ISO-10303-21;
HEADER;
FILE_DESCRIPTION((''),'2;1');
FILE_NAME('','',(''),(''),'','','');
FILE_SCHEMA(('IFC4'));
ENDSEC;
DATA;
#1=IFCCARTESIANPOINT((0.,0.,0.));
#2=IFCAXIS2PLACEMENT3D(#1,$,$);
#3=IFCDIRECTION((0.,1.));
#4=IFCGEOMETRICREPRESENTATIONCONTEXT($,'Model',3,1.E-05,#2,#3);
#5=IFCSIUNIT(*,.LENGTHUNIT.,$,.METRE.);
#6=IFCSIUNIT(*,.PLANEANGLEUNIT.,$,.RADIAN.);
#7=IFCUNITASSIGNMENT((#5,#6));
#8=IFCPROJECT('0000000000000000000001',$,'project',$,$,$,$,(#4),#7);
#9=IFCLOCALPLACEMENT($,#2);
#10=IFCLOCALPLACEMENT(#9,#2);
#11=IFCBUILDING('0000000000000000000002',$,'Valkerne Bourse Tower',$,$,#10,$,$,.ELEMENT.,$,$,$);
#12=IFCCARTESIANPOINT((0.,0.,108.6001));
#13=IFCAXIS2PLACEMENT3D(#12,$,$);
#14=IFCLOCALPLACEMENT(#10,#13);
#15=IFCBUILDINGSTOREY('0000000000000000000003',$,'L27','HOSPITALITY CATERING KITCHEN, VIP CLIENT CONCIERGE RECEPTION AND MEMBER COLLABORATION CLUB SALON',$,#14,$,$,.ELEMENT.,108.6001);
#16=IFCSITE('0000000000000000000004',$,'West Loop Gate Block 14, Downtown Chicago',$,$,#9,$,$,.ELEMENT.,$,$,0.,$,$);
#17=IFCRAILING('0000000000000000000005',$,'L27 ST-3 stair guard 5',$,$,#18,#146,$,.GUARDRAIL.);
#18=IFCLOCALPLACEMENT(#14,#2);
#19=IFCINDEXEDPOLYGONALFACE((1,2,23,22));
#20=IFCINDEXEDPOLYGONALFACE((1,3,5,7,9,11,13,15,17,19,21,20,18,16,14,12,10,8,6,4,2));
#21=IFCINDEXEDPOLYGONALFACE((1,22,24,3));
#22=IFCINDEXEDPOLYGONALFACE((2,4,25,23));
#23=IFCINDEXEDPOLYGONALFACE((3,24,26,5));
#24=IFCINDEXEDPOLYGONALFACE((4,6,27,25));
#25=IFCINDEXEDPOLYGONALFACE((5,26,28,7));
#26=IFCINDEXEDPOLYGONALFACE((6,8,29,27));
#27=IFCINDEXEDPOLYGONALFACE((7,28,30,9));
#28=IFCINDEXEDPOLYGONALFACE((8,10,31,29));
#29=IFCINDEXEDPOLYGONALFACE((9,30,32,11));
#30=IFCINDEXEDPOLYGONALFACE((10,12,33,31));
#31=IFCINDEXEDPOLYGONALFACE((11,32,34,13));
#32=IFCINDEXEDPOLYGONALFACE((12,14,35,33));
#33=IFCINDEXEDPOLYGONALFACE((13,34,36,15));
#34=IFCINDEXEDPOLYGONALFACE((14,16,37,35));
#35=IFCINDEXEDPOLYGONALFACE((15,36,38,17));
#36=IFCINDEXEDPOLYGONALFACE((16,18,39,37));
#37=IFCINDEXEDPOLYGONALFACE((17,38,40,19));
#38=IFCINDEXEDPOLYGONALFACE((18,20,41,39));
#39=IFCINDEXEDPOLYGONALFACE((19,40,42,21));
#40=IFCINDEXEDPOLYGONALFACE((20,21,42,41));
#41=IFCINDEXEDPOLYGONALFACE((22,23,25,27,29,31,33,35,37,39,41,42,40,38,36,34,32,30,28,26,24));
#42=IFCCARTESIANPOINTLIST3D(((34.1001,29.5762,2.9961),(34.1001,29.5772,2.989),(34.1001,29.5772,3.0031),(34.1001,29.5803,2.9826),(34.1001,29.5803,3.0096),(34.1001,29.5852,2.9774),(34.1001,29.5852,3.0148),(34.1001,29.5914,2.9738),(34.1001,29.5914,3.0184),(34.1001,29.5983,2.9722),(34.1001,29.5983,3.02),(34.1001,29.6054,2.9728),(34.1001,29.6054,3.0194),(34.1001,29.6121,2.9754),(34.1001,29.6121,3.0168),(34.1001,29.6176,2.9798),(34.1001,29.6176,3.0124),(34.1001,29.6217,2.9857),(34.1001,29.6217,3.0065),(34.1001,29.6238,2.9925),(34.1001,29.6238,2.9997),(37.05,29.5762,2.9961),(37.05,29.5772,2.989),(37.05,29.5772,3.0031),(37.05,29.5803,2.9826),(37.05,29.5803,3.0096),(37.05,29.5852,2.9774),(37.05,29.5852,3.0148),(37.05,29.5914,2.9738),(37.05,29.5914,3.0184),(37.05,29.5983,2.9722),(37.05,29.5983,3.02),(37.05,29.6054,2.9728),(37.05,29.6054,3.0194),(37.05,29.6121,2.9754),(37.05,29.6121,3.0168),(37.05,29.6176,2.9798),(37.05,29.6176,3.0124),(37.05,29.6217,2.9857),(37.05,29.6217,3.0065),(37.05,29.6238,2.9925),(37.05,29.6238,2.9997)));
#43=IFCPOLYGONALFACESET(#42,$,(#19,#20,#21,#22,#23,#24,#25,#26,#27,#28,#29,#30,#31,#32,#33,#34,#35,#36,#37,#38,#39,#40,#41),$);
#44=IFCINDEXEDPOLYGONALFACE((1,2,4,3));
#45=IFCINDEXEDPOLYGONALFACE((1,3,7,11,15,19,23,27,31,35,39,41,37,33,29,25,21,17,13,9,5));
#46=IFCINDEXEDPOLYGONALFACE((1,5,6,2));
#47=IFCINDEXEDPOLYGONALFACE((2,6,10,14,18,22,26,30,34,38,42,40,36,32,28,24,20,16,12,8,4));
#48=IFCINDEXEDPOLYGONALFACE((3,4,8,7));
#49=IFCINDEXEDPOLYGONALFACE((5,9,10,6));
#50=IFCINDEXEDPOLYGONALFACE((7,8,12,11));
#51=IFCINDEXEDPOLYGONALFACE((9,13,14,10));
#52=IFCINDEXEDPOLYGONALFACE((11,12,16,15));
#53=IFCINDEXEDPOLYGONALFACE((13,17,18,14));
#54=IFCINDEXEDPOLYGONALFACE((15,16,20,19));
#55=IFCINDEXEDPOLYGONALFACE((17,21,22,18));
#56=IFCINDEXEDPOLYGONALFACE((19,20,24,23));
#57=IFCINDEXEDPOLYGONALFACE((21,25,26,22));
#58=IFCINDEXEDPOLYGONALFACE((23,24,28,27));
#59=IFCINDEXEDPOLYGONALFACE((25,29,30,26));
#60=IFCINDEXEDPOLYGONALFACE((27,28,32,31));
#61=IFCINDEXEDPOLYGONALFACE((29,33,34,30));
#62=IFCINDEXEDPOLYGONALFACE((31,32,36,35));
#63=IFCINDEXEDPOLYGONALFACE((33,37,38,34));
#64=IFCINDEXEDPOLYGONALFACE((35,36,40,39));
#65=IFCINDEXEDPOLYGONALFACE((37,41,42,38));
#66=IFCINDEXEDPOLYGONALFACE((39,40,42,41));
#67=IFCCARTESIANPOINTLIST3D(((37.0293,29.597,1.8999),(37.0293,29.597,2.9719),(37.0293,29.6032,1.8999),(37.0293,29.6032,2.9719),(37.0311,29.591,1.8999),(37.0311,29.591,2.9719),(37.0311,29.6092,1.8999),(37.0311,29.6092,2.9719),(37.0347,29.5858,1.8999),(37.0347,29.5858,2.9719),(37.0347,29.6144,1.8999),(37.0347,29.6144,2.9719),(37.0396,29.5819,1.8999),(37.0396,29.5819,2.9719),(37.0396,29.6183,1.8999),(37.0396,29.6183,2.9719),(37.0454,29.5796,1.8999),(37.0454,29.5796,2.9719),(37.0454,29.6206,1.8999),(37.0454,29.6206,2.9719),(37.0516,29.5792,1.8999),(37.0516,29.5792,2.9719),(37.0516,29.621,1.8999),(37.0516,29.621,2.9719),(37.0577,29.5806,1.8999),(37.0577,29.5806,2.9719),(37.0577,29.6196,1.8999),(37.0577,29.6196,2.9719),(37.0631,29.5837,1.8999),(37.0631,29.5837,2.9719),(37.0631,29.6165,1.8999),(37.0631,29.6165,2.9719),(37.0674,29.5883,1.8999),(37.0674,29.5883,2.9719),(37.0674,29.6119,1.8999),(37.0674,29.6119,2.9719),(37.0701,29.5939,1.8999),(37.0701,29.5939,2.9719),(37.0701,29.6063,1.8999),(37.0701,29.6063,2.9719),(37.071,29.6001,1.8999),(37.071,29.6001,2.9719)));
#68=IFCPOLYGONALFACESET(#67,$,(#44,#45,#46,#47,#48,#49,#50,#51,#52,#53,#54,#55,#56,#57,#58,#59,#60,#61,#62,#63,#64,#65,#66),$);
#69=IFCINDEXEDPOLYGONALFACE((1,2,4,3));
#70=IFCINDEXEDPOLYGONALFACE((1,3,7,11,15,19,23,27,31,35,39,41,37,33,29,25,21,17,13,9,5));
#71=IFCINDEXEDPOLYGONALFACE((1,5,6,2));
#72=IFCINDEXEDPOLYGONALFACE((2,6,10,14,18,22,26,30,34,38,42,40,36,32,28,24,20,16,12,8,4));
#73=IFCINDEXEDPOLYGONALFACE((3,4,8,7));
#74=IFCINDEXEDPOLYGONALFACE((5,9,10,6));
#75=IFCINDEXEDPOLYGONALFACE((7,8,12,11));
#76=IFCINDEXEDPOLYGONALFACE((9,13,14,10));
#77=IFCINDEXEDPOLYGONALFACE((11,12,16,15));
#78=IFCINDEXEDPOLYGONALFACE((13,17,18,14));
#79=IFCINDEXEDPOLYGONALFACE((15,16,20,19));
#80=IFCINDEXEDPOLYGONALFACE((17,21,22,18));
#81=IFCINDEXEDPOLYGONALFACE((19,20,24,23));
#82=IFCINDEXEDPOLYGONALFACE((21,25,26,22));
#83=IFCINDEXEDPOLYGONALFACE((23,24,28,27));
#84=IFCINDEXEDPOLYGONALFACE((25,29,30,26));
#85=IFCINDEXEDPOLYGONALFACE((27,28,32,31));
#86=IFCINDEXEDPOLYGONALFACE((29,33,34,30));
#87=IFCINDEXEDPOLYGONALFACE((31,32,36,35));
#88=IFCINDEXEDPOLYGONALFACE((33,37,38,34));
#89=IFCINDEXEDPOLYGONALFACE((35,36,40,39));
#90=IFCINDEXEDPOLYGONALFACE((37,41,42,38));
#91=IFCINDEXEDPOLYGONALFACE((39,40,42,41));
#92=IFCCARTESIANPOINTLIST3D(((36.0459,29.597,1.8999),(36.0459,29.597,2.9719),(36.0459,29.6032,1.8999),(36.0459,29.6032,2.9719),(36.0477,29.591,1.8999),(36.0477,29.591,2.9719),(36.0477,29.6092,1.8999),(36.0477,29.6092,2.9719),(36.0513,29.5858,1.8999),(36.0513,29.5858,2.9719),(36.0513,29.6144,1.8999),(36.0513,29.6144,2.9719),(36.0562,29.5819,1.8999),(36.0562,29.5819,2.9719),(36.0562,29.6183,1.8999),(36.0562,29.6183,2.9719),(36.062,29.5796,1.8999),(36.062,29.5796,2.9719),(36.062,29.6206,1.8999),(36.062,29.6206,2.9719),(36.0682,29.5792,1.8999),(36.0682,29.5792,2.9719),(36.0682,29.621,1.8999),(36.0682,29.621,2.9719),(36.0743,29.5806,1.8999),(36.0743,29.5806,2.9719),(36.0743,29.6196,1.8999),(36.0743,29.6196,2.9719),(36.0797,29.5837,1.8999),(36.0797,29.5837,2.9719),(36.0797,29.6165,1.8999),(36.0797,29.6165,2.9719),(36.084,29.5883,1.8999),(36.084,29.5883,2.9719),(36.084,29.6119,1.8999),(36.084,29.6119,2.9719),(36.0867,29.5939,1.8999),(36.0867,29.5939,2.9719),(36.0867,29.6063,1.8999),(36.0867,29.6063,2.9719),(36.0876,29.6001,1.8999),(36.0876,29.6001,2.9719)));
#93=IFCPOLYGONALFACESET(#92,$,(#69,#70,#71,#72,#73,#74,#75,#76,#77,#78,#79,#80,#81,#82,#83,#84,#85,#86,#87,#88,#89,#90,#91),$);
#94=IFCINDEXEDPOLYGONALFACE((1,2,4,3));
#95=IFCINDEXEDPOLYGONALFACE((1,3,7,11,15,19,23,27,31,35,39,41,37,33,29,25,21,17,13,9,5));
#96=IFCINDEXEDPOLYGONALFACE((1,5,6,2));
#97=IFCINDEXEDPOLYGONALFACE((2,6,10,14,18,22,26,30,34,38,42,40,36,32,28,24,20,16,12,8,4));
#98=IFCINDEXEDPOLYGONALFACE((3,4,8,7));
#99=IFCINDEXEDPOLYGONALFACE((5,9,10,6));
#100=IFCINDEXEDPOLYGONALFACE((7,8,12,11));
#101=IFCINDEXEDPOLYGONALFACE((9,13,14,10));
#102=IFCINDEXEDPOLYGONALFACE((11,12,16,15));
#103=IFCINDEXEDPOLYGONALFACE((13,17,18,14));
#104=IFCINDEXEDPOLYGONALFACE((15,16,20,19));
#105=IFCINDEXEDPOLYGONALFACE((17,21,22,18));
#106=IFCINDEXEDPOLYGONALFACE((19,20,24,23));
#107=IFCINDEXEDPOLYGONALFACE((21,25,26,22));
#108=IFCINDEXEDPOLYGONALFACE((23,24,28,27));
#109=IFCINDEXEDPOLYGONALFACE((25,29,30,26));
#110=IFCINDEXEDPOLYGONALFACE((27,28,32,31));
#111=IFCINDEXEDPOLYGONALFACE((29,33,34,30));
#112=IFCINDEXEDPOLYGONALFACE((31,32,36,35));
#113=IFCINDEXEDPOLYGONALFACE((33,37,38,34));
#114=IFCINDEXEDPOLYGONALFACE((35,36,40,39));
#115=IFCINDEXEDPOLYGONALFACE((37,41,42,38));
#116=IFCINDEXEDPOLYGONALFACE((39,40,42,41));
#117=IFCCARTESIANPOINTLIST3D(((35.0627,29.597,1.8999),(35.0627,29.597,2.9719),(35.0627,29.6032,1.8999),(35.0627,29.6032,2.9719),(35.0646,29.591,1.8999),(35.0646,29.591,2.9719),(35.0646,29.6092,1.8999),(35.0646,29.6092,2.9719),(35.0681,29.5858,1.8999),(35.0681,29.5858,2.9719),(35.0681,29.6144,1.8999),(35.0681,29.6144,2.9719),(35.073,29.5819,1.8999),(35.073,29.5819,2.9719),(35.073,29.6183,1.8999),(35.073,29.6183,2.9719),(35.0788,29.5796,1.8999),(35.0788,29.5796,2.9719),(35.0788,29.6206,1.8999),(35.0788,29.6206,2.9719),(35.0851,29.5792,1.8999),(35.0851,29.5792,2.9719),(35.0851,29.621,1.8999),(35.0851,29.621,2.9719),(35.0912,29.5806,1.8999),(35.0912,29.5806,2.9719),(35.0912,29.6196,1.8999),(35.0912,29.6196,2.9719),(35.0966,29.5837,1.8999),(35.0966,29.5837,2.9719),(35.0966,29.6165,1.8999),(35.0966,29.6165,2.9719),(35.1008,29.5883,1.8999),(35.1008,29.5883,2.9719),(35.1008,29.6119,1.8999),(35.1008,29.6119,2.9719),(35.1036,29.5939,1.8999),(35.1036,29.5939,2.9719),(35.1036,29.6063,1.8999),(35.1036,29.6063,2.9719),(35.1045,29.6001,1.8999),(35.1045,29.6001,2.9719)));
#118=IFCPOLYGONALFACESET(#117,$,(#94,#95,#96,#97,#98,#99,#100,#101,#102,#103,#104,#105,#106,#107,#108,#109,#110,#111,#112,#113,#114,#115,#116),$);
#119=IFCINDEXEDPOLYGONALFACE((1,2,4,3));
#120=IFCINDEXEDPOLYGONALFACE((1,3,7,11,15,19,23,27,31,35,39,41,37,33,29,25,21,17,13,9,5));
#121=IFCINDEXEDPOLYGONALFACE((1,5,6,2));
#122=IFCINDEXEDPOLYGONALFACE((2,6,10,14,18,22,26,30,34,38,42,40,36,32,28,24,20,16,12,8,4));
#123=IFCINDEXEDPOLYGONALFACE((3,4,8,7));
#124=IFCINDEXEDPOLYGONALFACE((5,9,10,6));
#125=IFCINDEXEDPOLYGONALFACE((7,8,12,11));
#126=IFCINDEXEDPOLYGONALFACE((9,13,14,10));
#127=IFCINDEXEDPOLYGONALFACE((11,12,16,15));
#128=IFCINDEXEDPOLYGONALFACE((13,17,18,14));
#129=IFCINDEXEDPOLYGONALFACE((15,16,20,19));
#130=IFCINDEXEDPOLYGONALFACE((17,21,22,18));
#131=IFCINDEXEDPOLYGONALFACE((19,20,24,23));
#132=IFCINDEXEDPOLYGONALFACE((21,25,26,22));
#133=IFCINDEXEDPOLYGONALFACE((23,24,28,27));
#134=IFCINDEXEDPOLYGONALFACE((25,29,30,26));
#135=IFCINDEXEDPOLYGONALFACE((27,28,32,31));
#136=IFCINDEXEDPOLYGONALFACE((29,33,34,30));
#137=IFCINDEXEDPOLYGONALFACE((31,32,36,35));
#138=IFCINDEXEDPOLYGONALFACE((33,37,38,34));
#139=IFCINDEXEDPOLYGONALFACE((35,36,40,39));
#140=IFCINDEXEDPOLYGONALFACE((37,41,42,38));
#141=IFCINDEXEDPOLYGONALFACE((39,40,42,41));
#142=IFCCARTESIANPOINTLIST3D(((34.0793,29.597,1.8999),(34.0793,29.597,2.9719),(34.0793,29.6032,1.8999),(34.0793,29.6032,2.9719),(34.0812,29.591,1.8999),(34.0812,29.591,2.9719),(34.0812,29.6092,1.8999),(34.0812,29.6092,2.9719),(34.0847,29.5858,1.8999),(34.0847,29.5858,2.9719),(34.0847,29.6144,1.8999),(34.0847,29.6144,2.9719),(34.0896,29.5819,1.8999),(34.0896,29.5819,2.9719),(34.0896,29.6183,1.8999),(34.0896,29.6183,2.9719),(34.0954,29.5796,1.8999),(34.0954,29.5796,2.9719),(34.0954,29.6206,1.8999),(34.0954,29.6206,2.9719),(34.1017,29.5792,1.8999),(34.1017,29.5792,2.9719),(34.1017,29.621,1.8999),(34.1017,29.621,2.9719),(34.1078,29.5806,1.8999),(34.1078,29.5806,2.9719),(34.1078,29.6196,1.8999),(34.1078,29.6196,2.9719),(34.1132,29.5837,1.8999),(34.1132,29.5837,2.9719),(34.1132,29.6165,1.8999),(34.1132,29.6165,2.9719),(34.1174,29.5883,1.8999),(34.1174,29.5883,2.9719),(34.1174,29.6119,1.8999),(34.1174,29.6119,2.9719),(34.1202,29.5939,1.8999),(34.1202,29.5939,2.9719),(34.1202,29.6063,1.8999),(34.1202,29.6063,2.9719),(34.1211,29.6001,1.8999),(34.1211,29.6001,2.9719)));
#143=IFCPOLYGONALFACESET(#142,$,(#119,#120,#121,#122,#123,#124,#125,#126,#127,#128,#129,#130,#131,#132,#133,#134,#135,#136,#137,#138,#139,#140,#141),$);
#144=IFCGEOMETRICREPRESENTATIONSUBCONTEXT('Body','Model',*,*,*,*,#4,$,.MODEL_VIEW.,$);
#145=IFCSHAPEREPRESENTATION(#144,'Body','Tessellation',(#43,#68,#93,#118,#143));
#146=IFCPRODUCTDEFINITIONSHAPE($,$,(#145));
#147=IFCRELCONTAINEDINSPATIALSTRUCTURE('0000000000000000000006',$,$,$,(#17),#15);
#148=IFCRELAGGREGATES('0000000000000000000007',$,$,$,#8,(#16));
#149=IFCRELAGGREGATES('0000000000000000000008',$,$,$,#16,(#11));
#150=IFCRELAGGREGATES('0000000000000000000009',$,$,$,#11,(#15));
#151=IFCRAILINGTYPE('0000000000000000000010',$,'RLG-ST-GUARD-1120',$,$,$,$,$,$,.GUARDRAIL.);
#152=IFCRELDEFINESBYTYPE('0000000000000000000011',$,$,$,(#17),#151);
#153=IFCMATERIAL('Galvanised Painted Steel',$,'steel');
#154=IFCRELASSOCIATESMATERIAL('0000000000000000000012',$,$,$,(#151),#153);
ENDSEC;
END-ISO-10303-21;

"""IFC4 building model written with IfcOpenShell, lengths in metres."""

from ifc_helpers import new_model, si_unit, direction, frame, origin, origin_2d, place, context, subcontext, project, spatial, circle, extrude, material, type_object, element, save


model = new_model("IFC4")

# Units and contexts
model_context = context("Model", 3, precision=1e-05, world=origin(), true_north=direction((0.0, 1.0)))
body_context = subcontext(model_context, "Body", "Model", "MODEL_VIEW")
ifc_project = project(units=[si_unit("LENGTHUNIT", "METRE"), si_unit("PLANEANGLEUNIT", "RADIAN")], contexts=[model_context])

# Site, building, storey
site_placement = place(None, origin())
site = spatial("IfcSite", under=ifc_project, at=site_placement, Name="West Loop Gate Block 14, Downtown Chicago", CompositionType="ELEMENT", RefElevation=0.0)
building_placement = place(site_placement, origin())
building = spatial("IfcBuilding", under=site, at=building_placement, Name="Valkerne Bourse Tower", CompositionType="ELEMENT")
storey_placement = place(building_placement, frame((0.0, 0.0, 108.6001)))
storey = spatial("IfcBuildingStorey", under=building, at=storey_placement, Name="L27", Description="HOSPITALITY CATERING KITCHEN, VIP CLIENT CONCIERGE RECEPTION AND MEMBER COLLABORATION CLUB SALON", CompositionType="ELEMENT", Elevation=108.6001)

# Railing
ifc_material_1 = material(Name="Galvanised Painted Steel", Category="steel")
railing_type_1 = type_object("IfcRailingType", Name="RLG-ST-GUARD-1120", PredefinedType="GUARDRAIL", material=ifc_material_1)
railing_1_placement = place(storey_placement, frame((37.05, 29.6001, 1.8999)))
element("IfcRailing", 1, at=railing_1_placement, inside=storey, type_object=railing_type_1, Name="L27 ST-3 stair guard 5", PredefinedType="GUARDRAIL", context=body_context, shape_type="SweptSolid", body=[
    extrude(circle(Radius=0.0239, at=origin_2d()), frame((0.0, 0.0, 1.0962), z_axis=(-1.0, 0.0, 0.0), x_axis=(0.0, -1.0, 0.0)), (0.0, 0.0, 1.0), 2.95),
    extrude(circle(Radius=0.021, at=origin_2d()), origin(), (0.0, 0.0, 1.0), 1.072),
    extrude(circle(Radius=0.021, at=origin_2d()), frame((-0.9834, 0.0, 0.0)), (0.0, 0.0, 1.0), 1.072),
    extrude(circle(Radius=0.021, at=origin_2d()), frame((-1.9666, 0.0, 0.0)), (0.0, 0.0, 1.0), 1.072),
    extrude(circle(Radius=0.021, at=origin_2d()), frame((-2.95, 0.0, 0.0)), (0.0, 0.0, 1.0), 1.072),
])

save(model, "model.ifc")
